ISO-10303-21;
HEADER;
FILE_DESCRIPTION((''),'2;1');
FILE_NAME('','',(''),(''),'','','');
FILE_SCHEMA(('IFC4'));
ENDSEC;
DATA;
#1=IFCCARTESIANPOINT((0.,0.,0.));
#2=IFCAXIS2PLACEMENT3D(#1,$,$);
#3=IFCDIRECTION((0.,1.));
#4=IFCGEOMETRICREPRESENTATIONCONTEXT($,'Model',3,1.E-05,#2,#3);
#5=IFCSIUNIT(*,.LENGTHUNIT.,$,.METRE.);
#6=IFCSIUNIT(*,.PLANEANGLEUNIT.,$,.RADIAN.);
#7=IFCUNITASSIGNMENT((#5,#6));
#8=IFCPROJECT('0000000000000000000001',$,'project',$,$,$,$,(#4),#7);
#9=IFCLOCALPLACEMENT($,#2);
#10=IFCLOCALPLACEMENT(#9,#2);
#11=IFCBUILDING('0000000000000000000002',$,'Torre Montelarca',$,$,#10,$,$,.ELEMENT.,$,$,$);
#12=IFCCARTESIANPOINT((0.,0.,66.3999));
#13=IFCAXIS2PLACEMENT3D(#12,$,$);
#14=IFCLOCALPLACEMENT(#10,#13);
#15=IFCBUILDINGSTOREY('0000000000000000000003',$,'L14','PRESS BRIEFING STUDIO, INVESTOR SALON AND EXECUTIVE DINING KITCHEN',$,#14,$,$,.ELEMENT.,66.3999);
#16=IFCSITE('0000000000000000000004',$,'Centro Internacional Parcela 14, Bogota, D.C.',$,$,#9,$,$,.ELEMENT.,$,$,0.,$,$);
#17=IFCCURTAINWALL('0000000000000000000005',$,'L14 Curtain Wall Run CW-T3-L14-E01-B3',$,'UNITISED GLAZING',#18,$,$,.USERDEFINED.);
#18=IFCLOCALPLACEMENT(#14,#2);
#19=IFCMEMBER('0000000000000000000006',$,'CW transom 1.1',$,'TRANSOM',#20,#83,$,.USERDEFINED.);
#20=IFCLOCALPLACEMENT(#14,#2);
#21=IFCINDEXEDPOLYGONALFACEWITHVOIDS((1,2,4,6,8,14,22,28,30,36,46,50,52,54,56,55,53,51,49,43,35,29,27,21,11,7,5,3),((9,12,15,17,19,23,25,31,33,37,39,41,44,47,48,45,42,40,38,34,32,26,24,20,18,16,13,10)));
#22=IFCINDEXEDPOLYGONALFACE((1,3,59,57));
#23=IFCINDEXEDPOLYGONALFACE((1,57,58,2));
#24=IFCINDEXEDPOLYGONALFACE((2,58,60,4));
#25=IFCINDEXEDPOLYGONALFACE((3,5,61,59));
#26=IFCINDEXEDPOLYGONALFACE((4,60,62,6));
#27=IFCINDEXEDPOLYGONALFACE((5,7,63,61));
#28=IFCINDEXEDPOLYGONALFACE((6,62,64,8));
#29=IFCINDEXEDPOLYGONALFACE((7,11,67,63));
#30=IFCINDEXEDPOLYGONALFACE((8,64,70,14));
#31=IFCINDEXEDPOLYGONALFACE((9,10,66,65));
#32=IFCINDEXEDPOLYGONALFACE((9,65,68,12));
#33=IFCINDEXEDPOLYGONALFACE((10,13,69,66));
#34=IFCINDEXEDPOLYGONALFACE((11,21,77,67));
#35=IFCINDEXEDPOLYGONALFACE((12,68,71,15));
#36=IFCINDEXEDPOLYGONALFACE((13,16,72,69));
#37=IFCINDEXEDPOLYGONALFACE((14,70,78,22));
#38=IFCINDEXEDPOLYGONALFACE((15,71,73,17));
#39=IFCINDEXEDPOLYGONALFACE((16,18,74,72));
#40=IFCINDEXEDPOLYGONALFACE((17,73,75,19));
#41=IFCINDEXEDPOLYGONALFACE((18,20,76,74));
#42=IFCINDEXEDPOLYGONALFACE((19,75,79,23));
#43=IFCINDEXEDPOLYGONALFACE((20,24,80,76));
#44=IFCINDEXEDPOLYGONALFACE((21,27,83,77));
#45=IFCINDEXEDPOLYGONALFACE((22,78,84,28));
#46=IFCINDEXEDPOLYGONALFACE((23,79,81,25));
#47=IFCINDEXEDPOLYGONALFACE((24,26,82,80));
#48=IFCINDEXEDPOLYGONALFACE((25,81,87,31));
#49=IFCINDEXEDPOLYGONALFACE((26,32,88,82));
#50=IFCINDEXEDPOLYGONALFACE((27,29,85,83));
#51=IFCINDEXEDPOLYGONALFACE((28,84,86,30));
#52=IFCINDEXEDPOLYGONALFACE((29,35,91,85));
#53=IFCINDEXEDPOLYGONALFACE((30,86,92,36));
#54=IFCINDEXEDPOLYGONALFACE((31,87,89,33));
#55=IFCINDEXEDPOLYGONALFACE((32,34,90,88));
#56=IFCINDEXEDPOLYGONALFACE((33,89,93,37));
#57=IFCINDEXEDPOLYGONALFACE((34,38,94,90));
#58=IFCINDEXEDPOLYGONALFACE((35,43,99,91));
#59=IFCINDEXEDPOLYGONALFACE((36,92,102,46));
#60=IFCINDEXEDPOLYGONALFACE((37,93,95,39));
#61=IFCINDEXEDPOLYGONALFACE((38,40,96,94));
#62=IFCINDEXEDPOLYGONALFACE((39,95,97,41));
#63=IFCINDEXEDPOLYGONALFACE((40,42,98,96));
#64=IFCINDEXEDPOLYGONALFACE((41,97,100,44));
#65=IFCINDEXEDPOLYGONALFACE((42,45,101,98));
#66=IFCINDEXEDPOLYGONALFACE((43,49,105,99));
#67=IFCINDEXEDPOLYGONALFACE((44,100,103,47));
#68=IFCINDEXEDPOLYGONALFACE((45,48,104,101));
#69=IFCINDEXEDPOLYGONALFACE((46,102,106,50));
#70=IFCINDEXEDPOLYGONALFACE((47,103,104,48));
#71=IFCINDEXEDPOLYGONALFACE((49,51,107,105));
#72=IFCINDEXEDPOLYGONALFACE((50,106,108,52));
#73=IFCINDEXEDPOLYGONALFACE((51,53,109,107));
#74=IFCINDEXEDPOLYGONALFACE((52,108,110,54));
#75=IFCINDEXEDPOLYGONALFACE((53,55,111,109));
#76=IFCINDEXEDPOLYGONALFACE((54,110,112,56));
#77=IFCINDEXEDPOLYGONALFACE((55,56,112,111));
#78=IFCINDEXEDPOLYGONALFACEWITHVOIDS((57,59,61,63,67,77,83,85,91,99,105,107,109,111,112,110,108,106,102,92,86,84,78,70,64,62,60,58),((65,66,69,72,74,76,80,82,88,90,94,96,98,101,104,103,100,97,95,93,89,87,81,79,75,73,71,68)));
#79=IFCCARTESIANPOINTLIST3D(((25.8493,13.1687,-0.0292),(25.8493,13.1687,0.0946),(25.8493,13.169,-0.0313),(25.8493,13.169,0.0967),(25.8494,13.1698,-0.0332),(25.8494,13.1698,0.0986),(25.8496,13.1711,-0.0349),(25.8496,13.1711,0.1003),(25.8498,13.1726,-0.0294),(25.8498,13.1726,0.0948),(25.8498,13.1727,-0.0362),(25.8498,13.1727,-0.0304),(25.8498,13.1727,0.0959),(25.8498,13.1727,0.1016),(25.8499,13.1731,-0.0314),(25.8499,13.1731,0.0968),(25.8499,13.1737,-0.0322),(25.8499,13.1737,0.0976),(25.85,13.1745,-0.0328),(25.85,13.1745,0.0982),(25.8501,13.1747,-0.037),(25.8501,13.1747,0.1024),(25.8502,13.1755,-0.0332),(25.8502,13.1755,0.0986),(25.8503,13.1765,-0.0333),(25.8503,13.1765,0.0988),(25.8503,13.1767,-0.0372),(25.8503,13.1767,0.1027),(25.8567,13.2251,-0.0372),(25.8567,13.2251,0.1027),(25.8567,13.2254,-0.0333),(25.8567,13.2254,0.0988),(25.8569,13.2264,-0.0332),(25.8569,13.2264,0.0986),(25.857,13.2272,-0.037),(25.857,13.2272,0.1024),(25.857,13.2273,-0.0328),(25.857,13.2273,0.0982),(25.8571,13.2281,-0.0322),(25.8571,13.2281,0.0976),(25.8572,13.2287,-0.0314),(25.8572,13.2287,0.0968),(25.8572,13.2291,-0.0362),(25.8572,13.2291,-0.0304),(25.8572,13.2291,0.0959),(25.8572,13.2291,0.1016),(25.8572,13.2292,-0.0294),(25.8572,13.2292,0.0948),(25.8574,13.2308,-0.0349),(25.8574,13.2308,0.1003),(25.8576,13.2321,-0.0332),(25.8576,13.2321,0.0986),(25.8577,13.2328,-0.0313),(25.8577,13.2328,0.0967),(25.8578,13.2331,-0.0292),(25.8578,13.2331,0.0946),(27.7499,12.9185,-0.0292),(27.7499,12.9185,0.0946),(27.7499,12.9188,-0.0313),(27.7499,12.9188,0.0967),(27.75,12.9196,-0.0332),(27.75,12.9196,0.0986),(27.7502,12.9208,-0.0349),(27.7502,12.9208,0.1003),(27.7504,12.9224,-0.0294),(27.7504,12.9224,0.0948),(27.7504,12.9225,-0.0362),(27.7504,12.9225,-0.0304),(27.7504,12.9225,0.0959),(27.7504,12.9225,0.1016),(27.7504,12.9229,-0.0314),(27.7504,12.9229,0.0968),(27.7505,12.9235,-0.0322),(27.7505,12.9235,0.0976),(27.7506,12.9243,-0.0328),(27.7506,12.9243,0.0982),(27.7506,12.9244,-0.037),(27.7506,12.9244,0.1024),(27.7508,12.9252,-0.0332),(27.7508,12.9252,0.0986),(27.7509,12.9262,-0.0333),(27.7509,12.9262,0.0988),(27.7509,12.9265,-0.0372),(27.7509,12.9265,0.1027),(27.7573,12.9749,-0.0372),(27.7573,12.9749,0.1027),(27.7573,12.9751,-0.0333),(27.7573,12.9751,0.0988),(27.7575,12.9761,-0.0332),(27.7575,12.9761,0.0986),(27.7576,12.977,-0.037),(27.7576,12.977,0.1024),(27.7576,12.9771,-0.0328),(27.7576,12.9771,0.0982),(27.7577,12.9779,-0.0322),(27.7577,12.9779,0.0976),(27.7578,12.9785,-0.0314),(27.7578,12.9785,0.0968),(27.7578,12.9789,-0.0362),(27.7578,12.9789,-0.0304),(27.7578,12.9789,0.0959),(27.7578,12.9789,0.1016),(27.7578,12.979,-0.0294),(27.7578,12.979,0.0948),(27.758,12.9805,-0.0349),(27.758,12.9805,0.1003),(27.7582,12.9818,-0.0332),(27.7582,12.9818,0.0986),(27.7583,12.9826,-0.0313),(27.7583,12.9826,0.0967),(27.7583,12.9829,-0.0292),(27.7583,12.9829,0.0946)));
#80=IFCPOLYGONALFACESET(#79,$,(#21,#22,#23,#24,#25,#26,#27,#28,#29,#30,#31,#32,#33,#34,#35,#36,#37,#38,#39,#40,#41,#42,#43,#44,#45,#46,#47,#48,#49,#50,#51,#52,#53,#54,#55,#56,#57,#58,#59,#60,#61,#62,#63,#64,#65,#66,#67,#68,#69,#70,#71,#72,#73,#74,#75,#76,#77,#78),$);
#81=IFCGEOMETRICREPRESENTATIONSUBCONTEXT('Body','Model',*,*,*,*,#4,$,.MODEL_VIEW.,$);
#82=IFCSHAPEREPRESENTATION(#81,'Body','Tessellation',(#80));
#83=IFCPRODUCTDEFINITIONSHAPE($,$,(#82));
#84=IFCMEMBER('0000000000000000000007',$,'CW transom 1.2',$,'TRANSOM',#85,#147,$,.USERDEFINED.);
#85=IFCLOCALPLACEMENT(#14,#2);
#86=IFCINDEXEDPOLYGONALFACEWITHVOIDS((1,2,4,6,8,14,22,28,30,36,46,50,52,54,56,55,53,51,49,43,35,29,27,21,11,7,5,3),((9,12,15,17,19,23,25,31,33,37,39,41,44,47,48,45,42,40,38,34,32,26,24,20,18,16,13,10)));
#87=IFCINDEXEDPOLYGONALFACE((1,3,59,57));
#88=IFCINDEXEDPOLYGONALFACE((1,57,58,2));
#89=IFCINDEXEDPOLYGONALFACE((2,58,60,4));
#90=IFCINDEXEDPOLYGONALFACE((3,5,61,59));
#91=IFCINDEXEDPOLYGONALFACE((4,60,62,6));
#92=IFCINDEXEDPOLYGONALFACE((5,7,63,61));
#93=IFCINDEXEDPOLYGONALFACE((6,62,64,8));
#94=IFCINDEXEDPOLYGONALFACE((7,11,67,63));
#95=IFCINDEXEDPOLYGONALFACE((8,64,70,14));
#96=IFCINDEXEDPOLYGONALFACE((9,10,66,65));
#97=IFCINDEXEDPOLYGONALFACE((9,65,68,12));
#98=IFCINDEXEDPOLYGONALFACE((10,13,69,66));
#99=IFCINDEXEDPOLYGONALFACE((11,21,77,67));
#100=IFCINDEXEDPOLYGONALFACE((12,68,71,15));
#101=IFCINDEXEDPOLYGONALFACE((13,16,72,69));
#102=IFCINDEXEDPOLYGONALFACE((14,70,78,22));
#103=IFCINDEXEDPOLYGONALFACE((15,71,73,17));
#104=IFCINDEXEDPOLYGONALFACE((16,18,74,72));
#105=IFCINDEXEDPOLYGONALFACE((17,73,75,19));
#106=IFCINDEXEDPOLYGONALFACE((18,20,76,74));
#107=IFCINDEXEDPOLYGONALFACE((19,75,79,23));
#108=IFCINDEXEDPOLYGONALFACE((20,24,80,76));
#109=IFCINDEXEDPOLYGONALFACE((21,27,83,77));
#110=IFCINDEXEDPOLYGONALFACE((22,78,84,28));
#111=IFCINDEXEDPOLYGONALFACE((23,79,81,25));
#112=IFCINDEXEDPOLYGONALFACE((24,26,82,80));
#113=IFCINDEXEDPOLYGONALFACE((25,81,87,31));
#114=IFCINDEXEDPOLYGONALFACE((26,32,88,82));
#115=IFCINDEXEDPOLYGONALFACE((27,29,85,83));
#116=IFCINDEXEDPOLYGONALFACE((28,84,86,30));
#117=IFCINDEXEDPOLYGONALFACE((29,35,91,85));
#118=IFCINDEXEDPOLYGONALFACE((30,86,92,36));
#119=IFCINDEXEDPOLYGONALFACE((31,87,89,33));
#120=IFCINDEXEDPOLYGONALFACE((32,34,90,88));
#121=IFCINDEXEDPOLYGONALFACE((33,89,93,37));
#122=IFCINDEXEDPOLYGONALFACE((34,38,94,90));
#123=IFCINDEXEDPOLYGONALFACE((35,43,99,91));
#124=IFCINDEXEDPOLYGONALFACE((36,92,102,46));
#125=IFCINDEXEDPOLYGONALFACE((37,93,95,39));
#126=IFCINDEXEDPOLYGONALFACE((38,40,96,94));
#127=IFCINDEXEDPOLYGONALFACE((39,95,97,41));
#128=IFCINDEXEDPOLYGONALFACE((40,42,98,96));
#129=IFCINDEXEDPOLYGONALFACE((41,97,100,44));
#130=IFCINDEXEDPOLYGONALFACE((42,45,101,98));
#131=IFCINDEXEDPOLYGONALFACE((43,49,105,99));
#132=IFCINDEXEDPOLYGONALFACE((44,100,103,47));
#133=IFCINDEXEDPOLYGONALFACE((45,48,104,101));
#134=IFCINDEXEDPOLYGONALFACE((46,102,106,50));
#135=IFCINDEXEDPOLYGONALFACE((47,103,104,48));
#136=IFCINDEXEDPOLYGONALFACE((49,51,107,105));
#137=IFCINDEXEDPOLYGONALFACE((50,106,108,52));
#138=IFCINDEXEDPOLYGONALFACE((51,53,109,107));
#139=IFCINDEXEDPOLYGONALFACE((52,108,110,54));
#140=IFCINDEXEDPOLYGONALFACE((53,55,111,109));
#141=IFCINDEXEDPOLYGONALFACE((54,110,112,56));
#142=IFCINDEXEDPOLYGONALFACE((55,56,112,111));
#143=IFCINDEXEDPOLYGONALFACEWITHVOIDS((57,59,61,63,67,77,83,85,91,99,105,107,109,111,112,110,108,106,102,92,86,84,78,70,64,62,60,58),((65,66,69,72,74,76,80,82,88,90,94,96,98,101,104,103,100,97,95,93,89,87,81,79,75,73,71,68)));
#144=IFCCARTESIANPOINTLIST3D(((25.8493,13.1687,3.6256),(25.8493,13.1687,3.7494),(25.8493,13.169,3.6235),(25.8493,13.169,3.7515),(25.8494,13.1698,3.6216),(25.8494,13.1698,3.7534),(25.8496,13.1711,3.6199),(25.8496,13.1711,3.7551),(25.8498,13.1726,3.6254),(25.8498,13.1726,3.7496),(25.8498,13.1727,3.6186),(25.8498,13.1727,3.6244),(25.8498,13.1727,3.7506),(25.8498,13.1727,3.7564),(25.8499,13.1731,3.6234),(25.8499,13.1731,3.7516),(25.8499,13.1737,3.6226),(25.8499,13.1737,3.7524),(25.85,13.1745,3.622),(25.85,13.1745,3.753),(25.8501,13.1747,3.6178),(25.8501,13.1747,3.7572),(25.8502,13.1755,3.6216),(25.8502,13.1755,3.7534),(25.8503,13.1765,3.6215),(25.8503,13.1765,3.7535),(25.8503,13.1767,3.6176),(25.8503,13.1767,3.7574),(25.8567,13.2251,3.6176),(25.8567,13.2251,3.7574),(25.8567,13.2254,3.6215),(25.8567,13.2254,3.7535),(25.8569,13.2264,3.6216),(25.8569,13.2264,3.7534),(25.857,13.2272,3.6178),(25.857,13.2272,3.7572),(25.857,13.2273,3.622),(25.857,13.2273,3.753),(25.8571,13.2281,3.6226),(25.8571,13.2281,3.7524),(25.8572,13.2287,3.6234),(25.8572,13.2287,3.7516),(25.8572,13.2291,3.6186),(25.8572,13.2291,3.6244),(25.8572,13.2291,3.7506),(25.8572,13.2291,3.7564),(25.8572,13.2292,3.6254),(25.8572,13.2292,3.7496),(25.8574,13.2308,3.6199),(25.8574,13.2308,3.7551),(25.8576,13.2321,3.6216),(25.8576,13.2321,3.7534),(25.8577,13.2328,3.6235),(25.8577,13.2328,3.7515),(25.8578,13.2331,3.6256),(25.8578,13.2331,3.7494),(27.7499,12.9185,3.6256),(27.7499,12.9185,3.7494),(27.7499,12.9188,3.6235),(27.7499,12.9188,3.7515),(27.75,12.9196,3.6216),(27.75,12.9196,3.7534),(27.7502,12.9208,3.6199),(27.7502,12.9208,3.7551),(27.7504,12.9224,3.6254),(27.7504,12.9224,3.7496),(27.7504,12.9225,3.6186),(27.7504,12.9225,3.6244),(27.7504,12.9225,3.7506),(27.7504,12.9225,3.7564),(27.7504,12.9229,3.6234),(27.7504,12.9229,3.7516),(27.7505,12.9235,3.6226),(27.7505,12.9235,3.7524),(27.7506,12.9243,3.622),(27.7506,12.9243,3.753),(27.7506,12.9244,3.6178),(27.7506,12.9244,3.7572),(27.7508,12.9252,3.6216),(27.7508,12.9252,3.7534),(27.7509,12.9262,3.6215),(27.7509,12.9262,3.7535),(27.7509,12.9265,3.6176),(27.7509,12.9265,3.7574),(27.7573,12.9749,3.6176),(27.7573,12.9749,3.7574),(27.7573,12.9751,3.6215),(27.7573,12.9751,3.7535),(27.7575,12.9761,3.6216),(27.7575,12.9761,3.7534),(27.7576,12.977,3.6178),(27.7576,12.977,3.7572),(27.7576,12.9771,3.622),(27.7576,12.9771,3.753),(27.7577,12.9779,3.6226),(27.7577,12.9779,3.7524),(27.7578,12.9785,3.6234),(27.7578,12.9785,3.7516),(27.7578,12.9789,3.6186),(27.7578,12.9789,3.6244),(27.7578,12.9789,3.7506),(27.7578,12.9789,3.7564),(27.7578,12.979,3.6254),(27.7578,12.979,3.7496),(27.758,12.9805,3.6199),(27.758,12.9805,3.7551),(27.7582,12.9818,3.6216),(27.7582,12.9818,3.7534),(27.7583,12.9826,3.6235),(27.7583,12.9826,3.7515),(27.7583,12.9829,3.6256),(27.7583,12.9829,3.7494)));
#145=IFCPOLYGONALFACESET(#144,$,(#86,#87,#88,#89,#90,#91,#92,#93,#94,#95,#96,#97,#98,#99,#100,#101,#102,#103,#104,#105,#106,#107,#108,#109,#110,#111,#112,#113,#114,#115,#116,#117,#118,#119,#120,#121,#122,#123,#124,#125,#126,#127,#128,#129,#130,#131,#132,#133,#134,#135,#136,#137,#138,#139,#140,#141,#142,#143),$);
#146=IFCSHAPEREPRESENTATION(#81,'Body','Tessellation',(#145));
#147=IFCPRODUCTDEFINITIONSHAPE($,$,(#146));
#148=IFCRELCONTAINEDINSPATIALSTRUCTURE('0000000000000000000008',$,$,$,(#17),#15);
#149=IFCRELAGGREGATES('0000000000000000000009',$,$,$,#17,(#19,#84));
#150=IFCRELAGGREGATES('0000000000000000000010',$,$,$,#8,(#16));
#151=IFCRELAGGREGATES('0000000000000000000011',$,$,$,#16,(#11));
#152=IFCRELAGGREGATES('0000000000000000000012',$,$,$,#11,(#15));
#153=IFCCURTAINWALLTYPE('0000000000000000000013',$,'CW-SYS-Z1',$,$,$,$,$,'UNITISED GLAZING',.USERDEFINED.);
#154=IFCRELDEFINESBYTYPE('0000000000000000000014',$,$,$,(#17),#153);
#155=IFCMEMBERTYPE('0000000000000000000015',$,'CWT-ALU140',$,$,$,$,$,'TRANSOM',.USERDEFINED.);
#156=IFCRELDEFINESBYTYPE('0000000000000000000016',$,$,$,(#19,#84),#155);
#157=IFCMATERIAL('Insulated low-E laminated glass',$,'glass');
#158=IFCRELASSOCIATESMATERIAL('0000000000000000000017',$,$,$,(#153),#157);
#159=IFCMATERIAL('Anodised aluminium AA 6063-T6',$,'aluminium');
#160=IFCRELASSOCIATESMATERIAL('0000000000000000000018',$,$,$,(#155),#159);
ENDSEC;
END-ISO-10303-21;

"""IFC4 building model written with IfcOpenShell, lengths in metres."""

from ifc_helpers import new_model, si_unit, direction, frame, origin, origin_2d, place, context, subcontext, project, spatial, hollow_rectangle, extrude, source, transform, mapped, material, material_profile, profile_set, type_object, element, aggregate, save


model = new_model("IFC4")

# Units and contexts
model_context = context("Model", 3, precision=1e-05, world=origin(), true_north=direction((0.0, 1.0)))
body_context = subcontext(model_context, "Body", "Model", "MODEL_VIEW")
ifc_project = project(units=[si_unit("LENGTHUNIT", "METRE"), si_unit("PLANEANGLEUNIT", "RADIAN")], contexts=[model_context])

# Site, building, storey
site_placement = place(None, origin())
site = spatial("IfcSite", under=ifc_project, at=site_placement, Name="Centro Internacional Parcela 14, Bogota, D.C.", CompositionType="ELEMENT", RefElevation=0.0)
building_placement = place(site_placement, origin())
building = spatial("IfcBuilding", under=site, at=building_placement, Name="Torre Montelarca", CompositionType="ELEMENT")
storey_placement = place(building_placement, frame((0.0, 0.0, 66.3999)))
storey = spatial("IfcBuildingStorey", under=building, at=storey_placement, Name="L14", Description="PRESS BRIEFING STUDIO, INVESTOR SALON AND EXECUTIVE DINING KITCHEN", CompositionType="ELEMENT", Elevation=66.3999)

# Curtain wall, members
ifc_material_1 = material(Name="Insulated low-E laminated glass", Category="glass")
curtain_wall_type = type_object("IfcCurtainWallType", Name="CW-SYS-Z1", ElementType="UNITISED GLAZING", PredefinedType="USERDEFINED", material=ifc_material_1)
curtain_wall_1_placement = place(storey_placement, origin())
curtain_wall_1 = element("IfcCurtainWall", 1, at=curtain_wall_1_placement, inside=storey, type_object=curtain_wall_type, Name="L14 Curtain Wall Run CW-T3-L14-E01-B3", ObjectType="UNITISED GLAZING", PredefinedType="USERDEFINED")
ifc_material_2 = material(Name="Anodised aluminium AA 6063-T6", Category="aluminium")
ifc_material_profile_1 = material_profile(ifc_material_2, hollow_rectangle(XDim=0.0649, YDim=0.1399, WallThickness=0.0039, InnerFilletRadius=0.0039, OuterFilletRadius=0.0081, at=origin_2d()), Name="ALU65X140X4", Category="aluminium")
ifc_profile_set_1 = profile_set([ifc_material_profile_1], Name="Anodised aluminium AA 6063-T6")
member_type_1 = type_object("IfcMemberType", Name="CWT-ALU140", ElementType="TRANSOM", PredefinedType="USERDEFINED", material=ifc_profile_set_1)
shared_shape_1 = source(origin(), body_context, "Body", "SweptSolid", [
    extrude(hollow_rectangle(XDim=0.0649, YDim=0.1399, WallThickness=0.0039, InnerFilletRadius=0.0039, OuterFilletRadius=0.0081, at=origin_2d()), origin(), (0.0, 0.0, 1.0), 1.917),
])
member_1_placement = place(storey_placement, frame((25.8535, 13.2009, 0.0327), z_axis=(0.991443, -0.130537, 0.0), x_axis=(0.130537, 0.991443, 0.0)))
member_1 = element("IfcMember", 2, at=member_1_placement, type_object=member_type_1, Name="CW transom 1.1", ObjectType="TRANSOM", PredefinedType="USERDEFINED", context=body_context, shape_type="MappedRepresentation", body=[
    mapped(shared_shape_1, transform((0.0, 0.0, 0.0), scale=1.0)),
])
member_2_placement = place(storey_placement, frame((25.8535, 13.2009, 3.6875), z_axis=(0.991443, -0.130537, 0.0), x_axis=(0.130537, 0.991443, 0.0)))
member_2 = element("IfcMember", 3, at=member_2_placement, type_object=member_type_1, Name="CW transom 1.2", ObjectType="TRANSOM", PredefinedType="USERDEFINED", context=body_context, shape_type="MappedRepresentation", body=[
    mapped(shared_shape_1, transform((0.0, 0.0, 0.0), scale=1.0)),
])

aggregate(curtain_wall_1, [member_1, member_2])

save(model, "model.ifc")
